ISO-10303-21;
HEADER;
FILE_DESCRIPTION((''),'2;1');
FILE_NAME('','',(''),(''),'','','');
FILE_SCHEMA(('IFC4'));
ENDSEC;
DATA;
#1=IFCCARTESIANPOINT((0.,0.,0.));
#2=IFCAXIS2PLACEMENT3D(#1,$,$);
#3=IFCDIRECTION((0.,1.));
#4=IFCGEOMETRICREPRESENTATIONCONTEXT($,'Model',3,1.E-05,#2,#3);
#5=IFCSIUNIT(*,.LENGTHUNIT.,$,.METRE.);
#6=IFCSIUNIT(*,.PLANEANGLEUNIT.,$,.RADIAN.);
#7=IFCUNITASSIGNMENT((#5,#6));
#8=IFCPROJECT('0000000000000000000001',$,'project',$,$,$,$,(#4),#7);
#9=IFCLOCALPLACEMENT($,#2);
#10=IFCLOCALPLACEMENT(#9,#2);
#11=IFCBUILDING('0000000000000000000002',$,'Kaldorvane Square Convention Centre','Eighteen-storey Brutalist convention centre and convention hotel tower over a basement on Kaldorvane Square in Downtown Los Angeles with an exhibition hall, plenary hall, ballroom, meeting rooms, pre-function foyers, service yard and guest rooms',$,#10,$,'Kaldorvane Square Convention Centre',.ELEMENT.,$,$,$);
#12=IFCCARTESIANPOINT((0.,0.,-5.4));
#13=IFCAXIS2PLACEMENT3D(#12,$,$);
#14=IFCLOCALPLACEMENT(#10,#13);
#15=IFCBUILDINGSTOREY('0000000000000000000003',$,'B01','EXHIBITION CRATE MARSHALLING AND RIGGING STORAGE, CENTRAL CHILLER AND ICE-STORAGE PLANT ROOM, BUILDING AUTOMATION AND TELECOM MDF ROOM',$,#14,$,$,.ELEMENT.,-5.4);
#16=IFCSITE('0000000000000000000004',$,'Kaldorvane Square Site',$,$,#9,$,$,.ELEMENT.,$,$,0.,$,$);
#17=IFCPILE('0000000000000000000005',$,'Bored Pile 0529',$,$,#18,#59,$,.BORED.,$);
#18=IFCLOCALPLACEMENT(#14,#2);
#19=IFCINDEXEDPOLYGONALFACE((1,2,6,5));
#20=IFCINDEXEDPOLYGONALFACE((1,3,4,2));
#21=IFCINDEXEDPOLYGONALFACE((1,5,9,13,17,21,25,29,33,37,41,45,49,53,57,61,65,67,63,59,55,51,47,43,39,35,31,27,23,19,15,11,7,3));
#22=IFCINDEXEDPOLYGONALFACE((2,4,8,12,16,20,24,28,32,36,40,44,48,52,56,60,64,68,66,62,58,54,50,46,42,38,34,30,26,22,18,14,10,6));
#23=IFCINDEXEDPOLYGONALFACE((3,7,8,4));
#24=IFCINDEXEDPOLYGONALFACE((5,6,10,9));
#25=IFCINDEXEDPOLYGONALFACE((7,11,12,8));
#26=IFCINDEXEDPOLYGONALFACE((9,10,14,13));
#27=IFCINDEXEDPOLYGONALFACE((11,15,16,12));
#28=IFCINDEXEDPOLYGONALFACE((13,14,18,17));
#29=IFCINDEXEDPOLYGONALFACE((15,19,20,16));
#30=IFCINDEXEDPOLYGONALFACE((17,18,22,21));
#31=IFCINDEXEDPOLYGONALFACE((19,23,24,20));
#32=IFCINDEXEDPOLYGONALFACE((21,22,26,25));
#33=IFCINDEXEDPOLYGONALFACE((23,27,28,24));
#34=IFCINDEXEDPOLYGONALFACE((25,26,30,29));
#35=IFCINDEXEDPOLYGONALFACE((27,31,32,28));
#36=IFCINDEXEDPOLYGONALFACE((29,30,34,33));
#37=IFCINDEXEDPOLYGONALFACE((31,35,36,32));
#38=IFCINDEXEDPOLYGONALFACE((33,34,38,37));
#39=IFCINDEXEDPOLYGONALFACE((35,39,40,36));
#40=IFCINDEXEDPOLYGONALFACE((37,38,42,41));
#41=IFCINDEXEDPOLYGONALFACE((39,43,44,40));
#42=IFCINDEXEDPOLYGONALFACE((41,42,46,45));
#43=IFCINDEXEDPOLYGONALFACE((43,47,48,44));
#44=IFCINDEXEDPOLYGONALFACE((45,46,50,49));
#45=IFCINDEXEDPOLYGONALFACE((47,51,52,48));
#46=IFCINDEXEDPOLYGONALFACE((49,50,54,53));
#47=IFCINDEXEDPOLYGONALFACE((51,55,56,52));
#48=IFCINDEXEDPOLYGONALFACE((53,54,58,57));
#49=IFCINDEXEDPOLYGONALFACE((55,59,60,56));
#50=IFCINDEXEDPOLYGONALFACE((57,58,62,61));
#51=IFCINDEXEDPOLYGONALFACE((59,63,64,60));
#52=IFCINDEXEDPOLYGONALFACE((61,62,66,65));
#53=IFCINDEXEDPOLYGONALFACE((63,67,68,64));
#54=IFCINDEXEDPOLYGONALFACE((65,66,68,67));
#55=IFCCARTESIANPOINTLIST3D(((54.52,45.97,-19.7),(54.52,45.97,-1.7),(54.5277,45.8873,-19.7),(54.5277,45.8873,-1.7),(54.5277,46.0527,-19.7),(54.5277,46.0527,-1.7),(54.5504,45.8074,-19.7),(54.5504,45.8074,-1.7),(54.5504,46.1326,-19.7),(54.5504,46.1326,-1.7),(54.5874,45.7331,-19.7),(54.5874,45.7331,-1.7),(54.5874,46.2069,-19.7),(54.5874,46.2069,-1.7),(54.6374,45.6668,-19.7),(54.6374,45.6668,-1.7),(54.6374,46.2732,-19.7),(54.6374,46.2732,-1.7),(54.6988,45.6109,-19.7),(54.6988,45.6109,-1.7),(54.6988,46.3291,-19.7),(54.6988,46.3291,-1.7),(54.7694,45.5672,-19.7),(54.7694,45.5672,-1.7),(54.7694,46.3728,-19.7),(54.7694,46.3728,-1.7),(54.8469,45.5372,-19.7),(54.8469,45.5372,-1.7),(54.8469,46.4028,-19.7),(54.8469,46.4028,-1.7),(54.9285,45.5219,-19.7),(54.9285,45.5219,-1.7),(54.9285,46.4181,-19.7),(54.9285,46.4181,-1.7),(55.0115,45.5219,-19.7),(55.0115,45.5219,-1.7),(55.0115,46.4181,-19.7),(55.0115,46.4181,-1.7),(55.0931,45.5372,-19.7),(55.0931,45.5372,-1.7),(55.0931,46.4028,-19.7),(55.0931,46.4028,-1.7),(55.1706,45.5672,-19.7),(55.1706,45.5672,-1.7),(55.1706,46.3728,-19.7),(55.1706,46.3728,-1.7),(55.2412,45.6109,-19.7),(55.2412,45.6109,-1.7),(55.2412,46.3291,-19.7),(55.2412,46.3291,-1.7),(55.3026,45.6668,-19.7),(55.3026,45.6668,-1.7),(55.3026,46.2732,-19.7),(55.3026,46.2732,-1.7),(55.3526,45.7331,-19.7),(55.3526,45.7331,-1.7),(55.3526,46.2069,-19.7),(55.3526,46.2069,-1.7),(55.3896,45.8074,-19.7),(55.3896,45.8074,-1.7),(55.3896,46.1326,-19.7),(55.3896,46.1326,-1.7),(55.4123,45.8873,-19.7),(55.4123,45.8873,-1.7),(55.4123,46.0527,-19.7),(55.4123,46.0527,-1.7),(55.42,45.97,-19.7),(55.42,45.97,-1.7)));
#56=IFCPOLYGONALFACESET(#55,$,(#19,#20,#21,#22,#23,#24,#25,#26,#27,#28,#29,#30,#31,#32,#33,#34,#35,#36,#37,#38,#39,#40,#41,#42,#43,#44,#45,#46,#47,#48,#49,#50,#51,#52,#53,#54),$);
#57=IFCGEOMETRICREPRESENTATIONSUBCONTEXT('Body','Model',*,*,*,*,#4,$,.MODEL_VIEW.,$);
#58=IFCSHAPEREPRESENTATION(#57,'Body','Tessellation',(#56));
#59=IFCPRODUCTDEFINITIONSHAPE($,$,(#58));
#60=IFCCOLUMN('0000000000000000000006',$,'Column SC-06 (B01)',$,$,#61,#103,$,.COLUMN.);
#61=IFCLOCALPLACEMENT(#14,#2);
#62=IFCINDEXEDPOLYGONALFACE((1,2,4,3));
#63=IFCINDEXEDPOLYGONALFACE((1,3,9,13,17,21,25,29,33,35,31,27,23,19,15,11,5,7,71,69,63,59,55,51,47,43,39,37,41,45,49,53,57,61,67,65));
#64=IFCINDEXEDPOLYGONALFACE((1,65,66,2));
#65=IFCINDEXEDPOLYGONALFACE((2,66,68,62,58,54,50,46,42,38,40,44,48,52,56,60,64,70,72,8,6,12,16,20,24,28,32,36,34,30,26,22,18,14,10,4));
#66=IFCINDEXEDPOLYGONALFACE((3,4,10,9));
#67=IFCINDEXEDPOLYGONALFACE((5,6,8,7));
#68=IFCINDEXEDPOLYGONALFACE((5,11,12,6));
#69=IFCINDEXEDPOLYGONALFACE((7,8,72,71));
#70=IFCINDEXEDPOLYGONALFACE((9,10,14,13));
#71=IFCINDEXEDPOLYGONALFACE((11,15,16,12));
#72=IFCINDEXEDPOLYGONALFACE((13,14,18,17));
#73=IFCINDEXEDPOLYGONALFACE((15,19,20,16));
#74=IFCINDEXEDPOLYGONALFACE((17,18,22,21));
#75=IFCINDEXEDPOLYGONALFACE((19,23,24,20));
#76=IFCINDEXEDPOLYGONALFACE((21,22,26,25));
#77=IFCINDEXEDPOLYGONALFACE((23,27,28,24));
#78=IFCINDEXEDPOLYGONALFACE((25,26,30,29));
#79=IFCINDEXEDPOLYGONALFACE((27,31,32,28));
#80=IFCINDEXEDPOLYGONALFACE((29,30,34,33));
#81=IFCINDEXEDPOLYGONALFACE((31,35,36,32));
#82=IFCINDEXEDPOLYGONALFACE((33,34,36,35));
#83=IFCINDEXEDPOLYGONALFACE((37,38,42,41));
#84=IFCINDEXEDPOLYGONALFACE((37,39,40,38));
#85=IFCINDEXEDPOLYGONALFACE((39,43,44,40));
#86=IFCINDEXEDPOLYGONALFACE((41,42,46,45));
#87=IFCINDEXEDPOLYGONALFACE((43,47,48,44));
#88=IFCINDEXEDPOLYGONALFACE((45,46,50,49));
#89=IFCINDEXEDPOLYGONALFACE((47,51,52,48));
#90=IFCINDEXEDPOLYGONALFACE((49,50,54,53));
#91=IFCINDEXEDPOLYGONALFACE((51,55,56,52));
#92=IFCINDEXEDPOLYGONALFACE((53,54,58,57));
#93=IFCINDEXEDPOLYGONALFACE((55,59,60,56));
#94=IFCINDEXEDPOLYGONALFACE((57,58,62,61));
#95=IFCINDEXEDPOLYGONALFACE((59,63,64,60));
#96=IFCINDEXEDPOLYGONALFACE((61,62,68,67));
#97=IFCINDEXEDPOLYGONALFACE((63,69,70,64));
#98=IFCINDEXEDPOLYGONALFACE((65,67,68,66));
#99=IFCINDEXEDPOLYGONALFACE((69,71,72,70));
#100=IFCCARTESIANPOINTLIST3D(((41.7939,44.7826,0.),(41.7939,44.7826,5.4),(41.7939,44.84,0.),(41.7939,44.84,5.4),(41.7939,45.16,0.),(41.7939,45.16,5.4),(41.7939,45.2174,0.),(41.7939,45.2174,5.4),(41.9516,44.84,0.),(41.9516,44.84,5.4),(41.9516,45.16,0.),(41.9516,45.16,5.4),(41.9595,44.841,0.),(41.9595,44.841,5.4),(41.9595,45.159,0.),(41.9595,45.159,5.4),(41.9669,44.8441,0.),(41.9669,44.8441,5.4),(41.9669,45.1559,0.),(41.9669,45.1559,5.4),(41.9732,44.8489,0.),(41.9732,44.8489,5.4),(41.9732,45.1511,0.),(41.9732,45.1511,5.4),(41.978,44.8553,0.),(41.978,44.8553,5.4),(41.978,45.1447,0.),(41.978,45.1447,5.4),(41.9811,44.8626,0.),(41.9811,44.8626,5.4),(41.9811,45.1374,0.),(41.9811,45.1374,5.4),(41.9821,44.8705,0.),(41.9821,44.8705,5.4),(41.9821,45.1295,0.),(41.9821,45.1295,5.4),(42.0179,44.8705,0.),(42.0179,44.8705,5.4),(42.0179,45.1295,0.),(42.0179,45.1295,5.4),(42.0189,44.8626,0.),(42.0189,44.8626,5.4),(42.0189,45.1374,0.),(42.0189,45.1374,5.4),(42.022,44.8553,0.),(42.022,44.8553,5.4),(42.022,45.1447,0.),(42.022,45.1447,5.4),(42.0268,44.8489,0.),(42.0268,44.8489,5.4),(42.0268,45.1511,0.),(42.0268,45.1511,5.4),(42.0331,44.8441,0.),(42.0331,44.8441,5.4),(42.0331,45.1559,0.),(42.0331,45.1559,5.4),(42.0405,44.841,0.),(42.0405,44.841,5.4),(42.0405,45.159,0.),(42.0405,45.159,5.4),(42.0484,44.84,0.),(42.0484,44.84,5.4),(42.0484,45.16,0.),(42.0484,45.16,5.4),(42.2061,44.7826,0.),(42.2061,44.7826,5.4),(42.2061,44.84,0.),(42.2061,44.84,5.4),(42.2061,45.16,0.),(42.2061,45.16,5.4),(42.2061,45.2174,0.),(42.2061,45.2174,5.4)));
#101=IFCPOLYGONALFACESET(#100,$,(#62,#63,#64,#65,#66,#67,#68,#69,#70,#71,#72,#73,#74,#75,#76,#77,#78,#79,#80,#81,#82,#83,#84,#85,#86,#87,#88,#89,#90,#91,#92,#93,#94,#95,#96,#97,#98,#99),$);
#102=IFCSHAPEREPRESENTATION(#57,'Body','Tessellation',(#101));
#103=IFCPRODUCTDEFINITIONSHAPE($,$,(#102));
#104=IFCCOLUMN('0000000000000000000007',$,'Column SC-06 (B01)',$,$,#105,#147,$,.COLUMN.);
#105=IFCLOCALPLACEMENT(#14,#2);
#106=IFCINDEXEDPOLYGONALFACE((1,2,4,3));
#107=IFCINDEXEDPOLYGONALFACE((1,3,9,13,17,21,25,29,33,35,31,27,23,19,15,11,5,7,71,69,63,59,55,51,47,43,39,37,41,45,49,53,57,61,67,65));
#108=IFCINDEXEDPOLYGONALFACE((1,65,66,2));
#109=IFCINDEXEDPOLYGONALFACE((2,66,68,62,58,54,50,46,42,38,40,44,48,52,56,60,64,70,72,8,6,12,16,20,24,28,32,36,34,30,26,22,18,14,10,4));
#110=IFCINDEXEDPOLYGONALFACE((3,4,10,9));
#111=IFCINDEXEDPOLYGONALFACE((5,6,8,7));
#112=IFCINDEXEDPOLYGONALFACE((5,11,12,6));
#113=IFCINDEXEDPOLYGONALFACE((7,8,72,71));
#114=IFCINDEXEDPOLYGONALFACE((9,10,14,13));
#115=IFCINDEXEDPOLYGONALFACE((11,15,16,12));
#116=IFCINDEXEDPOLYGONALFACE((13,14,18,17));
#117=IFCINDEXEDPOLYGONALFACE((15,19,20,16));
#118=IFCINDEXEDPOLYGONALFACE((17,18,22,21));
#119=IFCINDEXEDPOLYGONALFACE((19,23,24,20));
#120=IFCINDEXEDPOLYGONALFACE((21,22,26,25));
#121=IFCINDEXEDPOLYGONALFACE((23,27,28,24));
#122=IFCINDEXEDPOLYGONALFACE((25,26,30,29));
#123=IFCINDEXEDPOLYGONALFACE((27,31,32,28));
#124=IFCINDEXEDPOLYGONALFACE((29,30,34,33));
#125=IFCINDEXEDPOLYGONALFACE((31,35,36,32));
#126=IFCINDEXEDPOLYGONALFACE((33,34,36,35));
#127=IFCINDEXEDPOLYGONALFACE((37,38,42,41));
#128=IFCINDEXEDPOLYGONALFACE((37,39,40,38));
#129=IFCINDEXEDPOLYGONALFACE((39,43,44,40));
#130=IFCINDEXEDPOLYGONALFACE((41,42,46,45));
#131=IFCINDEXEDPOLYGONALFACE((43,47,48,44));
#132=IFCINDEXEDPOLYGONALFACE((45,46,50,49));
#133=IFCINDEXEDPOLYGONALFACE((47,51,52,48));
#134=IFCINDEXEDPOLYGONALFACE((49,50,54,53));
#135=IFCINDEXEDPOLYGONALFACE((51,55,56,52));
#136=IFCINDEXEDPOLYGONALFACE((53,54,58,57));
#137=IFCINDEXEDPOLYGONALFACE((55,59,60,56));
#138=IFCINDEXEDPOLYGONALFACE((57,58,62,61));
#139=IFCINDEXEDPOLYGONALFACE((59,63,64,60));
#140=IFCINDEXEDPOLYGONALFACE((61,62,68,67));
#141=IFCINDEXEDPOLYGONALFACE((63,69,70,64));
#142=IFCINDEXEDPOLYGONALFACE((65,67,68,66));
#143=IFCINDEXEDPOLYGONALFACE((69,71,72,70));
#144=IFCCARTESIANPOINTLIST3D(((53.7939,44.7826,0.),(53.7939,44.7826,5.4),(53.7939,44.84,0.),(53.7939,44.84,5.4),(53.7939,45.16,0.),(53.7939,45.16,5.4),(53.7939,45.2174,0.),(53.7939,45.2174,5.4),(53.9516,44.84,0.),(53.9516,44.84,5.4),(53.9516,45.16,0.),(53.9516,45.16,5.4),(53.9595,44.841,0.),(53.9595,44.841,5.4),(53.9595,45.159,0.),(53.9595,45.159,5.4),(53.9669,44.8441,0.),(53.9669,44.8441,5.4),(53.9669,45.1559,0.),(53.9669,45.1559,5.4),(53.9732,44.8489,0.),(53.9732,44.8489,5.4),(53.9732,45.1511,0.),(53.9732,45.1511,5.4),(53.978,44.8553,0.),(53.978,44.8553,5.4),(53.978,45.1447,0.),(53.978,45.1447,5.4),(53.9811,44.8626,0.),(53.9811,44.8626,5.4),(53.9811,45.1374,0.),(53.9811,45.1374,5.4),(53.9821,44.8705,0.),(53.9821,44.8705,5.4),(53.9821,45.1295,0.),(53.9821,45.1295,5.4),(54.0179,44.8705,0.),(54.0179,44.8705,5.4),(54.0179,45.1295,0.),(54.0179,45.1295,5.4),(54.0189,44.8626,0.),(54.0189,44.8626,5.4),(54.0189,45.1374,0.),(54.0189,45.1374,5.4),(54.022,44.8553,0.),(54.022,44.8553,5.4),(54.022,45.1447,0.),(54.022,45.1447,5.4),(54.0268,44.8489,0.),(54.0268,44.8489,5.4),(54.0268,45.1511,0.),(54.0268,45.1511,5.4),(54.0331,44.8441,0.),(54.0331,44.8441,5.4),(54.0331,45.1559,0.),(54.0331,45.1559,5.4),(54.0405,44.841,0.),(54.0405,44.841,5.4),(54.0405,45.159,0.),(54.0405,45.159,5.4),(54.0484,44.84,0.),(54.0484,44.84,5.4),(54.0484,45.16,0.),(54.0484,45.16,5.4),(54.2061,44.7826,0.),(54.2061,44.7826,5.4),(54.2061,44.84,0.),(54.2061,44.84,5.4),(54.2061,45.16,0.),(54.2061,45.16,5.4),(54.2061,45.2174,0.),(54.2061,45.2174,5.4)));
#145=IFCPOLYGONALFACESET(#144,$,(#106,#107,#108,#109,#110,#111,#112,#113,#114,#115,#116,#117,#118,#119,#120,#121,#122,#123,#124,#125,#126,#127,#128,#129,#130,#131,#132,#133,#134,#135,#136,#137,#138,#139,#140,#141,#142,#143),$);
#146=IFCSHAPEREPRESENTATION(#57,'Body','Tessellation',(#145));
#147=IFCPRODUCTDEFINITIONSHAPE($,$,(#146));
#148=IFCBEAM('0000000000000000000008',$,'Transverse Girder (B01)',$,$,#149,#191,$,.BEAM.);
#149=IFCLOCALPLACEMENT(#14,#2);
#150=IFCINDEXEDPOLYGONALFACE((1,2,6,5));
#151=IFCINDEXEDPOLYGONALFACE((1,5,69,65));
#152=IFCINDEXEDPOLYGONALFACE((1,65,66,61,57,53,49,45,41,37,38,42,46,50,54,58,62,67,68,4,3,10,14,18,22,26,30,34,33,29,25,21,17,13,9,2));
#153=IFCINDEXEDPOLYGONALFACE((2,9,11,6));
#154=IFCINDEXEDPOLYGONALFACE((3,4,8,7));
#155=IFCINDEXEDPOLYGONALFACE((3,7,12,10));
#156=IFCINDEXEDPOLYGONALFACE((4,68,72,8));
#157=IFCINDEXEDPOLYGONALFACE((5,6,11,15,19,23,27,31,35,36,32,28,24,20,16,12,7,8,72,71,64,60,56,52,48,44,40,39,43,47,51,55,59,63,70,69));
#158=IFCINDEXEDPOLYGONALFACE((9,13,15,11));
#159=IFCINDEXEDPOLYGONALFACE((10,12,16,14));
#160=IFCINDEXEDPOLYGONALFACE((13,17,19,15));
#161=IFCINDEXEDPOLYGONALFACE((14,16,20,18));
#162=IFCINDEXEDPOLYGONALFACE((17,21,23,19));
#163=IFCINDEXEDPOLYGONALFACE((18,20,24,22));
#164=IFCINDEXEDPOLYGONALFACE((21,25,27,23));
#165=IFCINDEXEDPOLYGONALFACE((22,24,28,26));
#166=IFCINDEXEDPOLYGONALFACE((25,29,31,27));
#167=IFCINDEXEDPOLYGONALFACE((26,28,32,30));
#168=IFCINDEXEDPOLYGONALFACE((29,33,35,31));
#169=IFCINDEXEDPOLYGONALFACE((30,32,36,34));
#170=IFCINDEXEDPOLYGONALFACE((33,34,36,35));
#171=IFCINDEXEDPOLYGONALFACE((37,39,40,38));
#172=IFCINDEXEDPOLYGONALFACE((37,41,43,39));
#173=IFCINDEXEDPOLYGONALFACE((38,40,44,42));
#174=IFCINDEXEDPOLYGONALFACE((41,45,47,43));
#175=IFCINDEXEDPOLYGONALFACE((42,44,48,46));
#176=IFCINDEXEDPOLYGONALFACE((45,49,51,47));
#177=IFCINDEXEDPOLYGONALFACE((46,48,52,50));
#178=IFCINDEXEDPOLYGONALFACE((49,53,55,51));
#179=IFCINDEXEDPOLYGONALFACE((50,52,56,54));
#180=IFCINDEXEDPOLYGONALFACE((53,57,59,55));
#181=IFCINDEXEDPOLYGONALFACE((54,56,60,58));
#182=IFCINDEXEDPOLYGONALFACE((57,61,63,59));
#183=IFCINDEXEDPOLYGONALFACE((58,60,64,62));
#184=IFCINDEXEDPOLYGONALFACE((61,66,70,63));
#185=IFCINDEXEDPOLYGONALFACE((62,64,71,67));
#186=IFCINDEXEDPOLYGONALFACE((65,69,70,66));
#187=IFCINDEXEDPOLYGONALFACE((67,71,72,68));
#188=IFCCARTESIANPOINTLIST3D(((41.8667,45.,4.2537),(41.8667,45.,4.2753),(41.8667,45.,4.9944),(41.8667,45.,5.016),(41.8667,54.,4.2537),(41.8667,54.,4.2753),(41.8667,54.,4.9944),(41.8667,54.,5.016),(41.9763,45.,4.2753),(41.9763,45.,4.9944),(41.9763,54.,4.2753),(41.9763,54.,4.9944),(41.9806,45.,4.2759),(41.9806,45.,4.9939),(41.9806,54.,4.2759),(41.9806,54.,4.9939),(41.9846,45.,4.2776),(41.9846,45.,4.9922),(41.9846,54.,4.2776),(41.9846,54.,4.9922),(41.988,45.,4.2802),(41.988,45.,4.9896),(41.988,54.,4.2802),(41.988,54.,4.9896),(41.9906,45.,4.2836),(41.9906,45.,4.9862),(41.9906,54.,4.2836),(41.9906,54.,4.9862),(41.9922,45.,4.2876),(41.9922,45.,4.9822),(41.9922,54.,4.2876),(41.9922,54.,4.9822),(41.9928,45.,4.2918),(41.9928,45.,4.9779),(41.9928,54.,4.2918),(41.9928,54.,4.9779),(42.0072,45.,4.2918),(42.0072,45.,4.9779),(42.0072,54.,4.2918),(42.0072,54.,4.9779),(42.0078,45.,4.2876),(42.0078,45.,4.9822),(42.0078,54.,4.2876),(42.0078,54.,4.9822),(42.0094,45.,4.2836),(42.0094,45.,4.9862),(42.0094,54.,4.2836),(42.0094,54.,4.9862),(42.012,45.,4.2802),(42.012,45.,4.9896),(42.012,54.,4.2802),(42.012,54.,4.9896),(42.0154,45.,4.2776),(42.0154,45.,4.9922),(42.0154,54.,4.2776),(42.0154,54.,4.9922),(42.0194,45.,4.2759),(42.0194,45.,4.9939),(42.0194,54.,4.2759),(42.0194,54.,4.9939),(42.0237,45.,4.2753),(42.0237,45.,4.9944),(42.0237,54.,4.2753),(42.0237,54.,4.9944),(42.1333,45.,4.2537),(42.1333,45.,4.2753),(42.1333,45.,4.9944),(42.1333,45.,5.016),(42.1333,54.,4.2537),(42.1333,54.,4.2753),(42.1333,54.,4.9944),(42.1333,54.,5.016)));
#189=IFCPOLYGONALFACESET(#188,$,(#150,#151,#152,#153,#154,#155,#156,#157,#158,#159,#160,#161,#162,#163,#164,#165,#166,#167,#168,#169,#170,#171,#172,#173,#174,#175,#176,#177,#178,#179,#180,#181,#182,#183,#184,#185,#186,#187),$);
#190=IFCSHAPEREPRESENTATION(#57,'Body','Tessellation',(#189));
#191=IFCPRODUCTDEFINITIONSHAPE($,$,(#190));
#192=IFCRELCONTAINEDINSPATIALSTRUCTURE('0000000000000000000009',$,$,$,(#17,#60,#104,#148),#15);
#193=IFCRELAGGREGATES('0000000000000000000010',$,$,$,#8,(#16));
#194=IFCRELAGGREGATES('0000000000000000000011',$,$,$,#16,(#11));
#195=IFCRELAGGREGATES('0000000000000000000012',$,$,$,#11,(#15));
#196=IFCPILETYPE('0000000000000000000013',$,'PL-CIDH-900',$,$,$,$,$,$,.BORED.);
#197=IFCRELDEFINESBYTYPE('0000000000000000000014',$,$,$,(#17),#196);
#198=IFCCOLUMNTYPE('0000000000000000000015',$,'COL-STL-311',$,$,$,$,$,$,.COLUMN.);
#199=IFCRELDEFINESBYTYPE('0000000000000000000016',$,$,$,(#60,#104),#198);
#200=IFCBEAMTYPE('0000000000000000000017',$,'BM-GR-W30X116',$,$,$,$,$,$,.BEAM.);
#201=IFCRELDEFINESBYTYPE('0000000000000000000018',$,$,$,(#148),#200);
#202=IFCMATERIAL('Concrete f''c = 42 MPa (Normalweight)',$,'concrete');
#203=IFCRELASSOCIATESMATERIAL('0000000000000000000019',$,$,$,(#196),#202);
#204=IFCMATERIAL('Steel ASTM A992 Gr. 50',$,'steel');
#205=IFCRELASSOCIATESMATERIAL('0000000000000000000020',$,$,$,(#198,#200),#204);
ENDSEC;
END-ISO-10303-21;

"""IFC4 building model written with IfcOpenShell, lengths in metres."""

from ifc_helpers import new_model, si_unit, direction, frame, origin, origin_2d, place, context, subcontext, project, spatial, circle, i_section, extrude, material, material_profile, profile_set, type_object, element, save


model = new_model("IFC4")

# Units and contexts
model_context = context("Model", 3, precision=1e-05, world=origin(), true_north=direction((0.0, 1.0)))
body_context = subcontext(model_context, "Body", "Model", "MODEL_VIEW")
ifc_project = project(units=[si_unit("LENGTHUNIT", "METRE"), si_unit("PLANEANGLEUNIT", "RADIAN")], contexts=[model_context])

# Site, building, storey
site_placement = place(None, origin())
site = spatial("IfcSite", under=ifc_project, at=site_placement, Name="Kaldorvane Square Site", CompositionType="ELEMENT", RefElevation=0.0)
building_placement = place(site_placement, origin())
building = spatial("IfcBuilding", under=site, at=building_placement, Name="Kaldorvane Square Convention Centre", Description="Eighteen-storey Brutalist convention centre and convention hotel tower over a basement on Kaldorvane Square in Downtown Los Angeles with an exhibition hall, plenary hall, ballroom, meeting rooms, pre-function foyers, service yard and guest rooms", LongName="Kaldorvane Square Convention Centre", CompositionType="ELEMENT")
storey_placement = place(building_placement, frame((0.0, 0.0, -5.4)))
storey = spatial("IfcBuildingStorey", under=building, at=storey_placement, Name="B01", Description="EXHIBITION CRATE MARSHALLING AND RIGGING STORAGE, CENTRAL CHILLER AND ICE-STORAGE PLANT ROOM, BUILDING AUTOMATION AND TELECOM MDF ROOM", CompositionType="ELEMENT", Elevation=-5.4)

# Shared definitions
ifc_material_1 = material(Name="Concrete f'c = 42 MPa (Normalweight)", Category="concrete")

# Pile
ifc_material_profile_1 = material_profile(ifc_material_1, circle(Radius=0.45, at=origin_2d()), Name="PILE-D900")
ifc_profile_set_1 = profile_set([ifc_material_profile_1], Name="Concrete f'c = 42 MPa (Normalweight)")
pile_type = type_object("IfcPileType", Name="PL-CIDH-900", PredefinedType="BORED", material=ifc_profile_set_1)
for number, where, z_axis, x_axis, name in (
    (1, (54.97, 45.97, -1.7), (0.0, 0.0, -1.0), (1.0, 0.0, 0.0), "Bored Pile 0529"),
):
    element("IfcPile", number, at=place(storey_placement, frame(where, z_axis=z_axis, x_axis=x_axis)), inside=storey, type_object=pile_type, Name=name, PredefinedType="BORED", context=body_context, shape_type="SweptSolid", body=[
        extrude(circle(Radius=0.45, at=origin_2d()), origin(), (0.0, 0.0, 1.0), 18.0),
    ])

# Columns
ifc_material_2 = material(Name="Steel ASTM A992 Gr. 50", Category="steel")
ifc_material_profile_2 = material_profile(ifc_material_2, i_section(OverallWidth=0.4122, OverallDepth=0.4348, WebThickness=0.0358, FlangeThickness=0.0574, FilletRadius=0.0305, at=origin_2d()), Name="W14X311")
ifc_profile_set_2 = profile_set([ifc_material_profile_2], Name="Steel ASTM A992 Gr. 50")
column_type = type_object("IfcColumnType", Name="COL-STL-311", PredefinedType="COLUMN", material=ifc_profile_set_2)
for number, where, z_axis, x_axis, name in (
    (2, (42.0, 45.0, 0.0), (0.0, 0.0, 1.0), (1.0, 0.0, 0.0), "Column SC-06 (B01)"),
    (3, (54.0, 45.0, 0.0), (0.0, 0.0, 1.0), (1.0, 0.0, 0.0), "Column SC-06 (B01)"),
):
    element("IfcColumn", number, at=place(storey_placement, frame(where, z_axis=z_axis, x_axis=x_axis)), inside=storey, type_object=column_type, Name=name, PredefinedType="COLUMN", context=body_context, shape_type="SweptSolid", body=[
        extrude(i_section(OverallWidth=0.4122, OverallDepth=0.4348, WebThickness=0.0358, FlangeThickness=0.0574, FilletRadius=0.0305, at=origin_2d()), origin(), (0.0, 0.0, 1.0), 5.4),
    ])

# Beam
ifc_material_profile_3 = material_profile(ifc_material_2, i_section(OverallWidth=0.2666, OverallDepth=0.7623, WebThickness=0.0144, FlangeThickness=0.0216, FilletRadius=0.0165, at=origin_2d()), Name="W30X116")
ifc_profile_set_3 = profile_set([ifc_material_profile_3], Name="Steel ASTM A992 Gr. 50")
beam_type_1 = type_object("IfcBeamType", Name="BM-GR-W30X116", PredefinedType="BEAM", material=ifc_profile_set_3)
for number, where, z_axis, x_axis, name in (
    (4, (42.0, 45.0, 4.6349), (0.0, 1.0, 0.0), (-1.0, 0.0, 0.0), "Transverse Girder (B01)"),
):
    element("IfcBeam", number, at=place(storey_placement, frame(where, z_axis=z_axis, x_axis=x_axis)), inside=storey, type_object=beam_type_1, Name=name, PredefinedType="BEAM", context=body_context, shape_type="SweptSolid", body=[
        extrude(i_section(OverallWidth=0.2666, OverallDepth=0.7623, WebThickness=0.0144, FlangeThickness=0.0216, FilletRadius=0.0165, at=origin_2d()), origin(), (0.0, 0.0, 1.0), 9.0),
    ])

save(model, "model.ifc")
